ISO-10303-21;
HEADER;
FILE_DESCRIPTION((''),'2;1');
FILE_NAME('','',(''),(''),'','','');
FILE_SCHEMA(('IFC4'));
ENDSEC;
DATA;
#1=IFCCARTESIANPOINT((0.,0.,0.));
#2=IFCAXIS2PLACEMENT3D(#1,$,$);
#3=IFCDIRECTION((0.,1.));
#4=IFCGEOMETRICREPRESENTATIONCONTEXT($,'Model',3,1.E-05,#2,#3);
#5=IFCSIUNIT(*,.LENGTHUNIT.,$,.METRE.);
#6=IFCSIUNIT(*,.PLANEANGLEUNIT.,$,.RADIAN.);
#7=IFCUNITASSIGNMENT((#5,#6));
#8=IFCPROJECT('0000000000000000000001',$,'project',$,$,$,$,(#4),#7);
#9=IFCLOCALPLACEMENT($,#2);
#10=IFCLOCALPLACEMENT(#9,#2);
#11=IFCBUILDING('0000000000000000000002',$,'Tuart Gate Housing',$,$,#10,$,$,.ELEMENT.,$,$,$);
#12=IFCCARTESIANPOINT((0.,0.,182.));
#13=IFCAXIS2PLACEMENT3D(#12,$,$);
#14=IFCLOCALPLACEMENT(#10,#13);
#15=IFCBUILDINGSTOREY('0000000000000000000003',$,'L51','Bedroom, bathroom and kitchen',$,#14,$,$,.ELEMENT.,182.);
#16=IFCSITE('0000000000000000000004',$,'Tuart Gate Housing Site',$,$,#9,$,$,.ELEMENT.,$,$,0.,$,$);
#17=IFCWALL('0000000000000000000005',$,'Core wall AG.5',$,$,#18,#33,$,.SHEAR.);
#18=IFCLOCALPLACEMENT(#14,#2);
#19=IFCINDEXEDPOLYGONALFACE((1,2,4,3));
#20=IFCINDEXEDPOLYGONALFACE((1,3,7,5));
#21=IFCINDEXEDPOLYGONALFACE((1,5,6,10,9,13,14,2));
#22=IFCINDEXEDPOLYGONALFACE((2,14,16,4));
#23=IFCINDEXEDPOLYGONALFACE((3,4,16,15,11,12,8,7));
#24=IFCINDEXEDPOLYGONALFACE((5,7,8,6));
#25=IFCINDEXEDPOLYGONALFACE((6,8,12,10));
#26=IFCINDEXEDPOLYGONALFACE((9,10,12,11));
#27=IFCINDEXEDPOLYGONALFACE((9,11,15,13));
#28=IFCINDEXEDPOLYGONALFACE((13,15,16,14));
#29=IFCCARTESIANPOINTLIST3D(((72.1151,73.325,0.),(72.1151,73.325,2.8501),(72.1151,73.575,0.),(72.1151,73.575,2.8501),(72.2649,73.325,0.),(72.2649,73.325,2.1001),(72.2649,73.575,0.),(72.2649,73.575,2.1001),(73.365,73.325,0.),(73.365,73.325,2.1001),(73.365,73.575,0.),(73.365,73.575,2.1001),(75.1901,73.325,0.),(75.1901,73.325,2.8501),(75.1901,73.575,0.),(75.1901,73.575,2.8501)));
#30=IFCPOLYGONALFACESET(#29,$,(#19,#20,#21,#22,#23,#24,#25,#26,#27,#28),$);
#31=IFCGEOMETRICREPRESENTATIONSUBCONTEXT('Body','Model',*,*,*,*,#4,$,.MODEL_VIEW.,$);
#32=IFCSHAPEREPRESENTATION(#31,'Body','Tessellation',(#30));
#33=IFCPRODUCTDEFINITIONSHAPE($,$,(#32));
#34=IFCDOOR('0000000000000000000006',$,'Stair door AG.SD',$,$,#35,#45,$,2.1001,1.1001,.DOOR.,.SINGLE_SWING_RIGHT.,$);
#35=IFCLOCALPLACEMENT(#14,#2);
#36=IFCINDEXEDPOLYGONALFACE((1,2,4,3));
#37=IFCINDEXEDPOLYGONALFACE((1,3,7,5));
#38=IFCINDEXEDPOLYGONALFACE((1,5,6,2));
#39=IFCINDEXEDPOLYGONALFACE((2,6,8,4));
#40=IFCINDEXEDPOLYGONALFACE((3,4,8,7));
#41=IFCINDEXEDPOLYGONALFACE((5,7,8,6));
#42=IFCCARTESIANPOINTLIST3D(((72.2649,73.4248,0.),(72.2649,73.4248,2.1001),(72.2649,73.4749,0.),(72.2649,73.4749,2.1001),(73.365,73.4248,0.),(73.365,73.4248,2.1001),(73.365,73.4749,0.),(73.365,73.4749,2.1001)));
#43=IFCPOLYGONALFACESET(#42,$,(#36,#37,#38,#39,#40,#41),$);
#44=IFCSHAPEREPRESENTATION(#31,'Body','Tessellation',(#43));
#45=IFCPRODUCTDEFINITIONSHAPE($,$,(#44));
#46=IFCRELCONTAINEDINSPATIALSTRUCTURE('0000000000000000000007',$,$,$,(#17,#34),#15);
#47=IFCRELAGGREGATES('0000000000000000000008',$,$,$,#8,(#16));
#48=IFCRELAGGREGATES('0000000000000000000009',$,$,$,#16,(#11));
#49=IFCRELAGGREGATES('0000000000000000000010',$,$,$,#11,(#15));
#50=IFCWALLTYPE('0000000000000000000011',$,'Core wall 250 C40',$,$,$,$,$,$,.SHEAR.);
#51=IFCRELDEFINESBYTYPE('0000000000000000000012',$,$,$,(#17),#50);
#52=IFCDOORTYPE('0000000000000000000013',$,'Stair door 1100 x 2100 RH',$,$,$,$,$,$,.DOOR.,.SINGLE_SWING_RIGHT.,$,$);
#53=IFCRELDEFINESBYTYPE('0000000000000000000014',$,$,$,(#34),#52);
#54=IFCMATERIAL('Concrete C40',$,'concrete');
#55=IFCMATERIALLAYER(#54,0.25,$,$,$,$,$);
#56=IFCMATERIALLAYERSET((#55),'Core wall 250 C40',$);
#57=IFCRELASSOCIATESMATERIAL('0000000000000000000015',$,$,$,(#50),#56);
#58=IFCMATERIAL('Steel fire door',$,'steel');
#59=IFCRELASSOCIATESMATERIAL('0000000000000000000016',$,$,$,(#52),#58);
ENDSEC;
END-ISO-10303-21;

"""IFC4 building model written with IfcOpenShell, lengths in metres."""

from ifc_helpers import new_model, si_unit, direction, frame, frame_2d, origin, place, context, subcontext, project, spatial, rectangle, extrude, material, layer, layer_set, type_object, element, fill, save


model = new_model("IFC4")

# Units and contexts
model_context = context("Model", 3, precision=1e-05, world=origin(), true_north=direction((0.0, 1.0)))
body_context = subcontext(model_context, "Body", "Model", "MODEL_VIEW")
ifc_project = project(units=[si_unit("LENGTHUNIT", "METRE"), si_unit("PLANEANGLEUNIT", "RADIAN")], contexts=[model_context])

# Site, building, storey
site_placement = place(None, origin())
site = spatial("IfcSite", under=ifc_project, at=site_placement, Name="Tuart Gate Housing Site", CompositionType="ELEMENT", RefElevation=0.0)
building_placement = place(site_placement, origin())
building = spatial("IfcBuilding", under=site, at=building_placement, Name="Tuart Gate Housing", CompositionType="ELEMENT")
storey_placement = place(building_placement, frame((0.0, 0.0, 182.0)))
storey = spatial("IfcBuildingStorey", under=building, at=storey_placement, Name="L51", Description="Bedroom, bathroom and kitchen", CompositionType="ELEMENT", Elevation=182.0)

# Wall, opening, door
ifc_material_1 = material(Name="Concrete C40", Category="concrete")
ifc_layer_1 = layer(ifc_material_1, 0.25)
ifc_layer_set_1 = layer_set([ifc_layer_1], Name="Core wall 250 C40")
wall_type_1 = type_object("IfcWallType", Name="Core wall 250 C40", PredefinedType="SHEAR", material=ifc_layer_set_1)
wall_1_placement = place(storey_placement, frame((72.115, 73.45, 0.0), z_axis=(0.0, 0.0, 1.0), x_axis=(1.0, 0.0, 0.0)))
wall_1 = element("IfcWall", 1, at=wall_1_placement, inside=storey, type_object=wall_type_1, Name="Core wall AG.5", PredefinedType="SHEAR", context=body_context, shape_type="SweptSolid", body=[
    extrude(rectangle(XDim=3.075, YDim=0.25, at=frame_2d((1.5376, 0.0))), origin(), (0.0, 0.0, 1.0), 2.8501),
])
opening_1_placement = place(wall_1_placement, frame((0.1499, 0.0, 0.0)))
opening_1 = element("IfcOpeningElement", 2, at=opening_1_placement, cuts=wall_1, PredefinedType="OPENING", context=body_context, shape_type="SweptSolid", body=[
    extrude(rectangle(XDim=1.1001, YDim=2.1001, at=frame_2d((0.55, 1.05))), frame((0.0, 0.135, 0.0), z_axis=(0.0, -1.0, 0.0), x_axis=(1.0, 0.0, 0.0)), (0.0, 0.0, 1.0), 0.27),
])
ifc_material_2 = material(Name="Steel fire door", Category="steel")
door_type = type_object("IfcDoorType", Name="Stair door 1100 x 2100 RH", OperationType="SINGLE_SWING_RIGHT", PredefinedType="DOOR", material=ifc_material_2)
door_placement = place(opening_1_placement, frame((1.1001, 0.0, 0.0), z_axis=(0.0, 0.0, 1.0), x_axis=(-1.0, 0.0, 0.0)))
door = element("IfcDoor", 3, at=door_placement, inside=storey, type_object=door_type, Name="Stair door AG.SD", OperationType="SINGLE_SWING_RIGHT", OverallHeight=2.1001, OverallWidth=1.1001, PredefinedType="DOOR", context=body_context, shape_type="SweptSolid", body=[
    extrude(rectangle(XDim=1.1001, YDim=2.1001, at=frame_2d((0.55, 1.05))), frame((0.0, 0.0251, 0.0), z_axis=(0.0, -1.0, 0.0), x_axis=(1.0, 0.0, 0.0)), (0.0, 0.0, 1.0), 0.05),
])
fill(opening_1, door)

save(model, "model.ifc")
